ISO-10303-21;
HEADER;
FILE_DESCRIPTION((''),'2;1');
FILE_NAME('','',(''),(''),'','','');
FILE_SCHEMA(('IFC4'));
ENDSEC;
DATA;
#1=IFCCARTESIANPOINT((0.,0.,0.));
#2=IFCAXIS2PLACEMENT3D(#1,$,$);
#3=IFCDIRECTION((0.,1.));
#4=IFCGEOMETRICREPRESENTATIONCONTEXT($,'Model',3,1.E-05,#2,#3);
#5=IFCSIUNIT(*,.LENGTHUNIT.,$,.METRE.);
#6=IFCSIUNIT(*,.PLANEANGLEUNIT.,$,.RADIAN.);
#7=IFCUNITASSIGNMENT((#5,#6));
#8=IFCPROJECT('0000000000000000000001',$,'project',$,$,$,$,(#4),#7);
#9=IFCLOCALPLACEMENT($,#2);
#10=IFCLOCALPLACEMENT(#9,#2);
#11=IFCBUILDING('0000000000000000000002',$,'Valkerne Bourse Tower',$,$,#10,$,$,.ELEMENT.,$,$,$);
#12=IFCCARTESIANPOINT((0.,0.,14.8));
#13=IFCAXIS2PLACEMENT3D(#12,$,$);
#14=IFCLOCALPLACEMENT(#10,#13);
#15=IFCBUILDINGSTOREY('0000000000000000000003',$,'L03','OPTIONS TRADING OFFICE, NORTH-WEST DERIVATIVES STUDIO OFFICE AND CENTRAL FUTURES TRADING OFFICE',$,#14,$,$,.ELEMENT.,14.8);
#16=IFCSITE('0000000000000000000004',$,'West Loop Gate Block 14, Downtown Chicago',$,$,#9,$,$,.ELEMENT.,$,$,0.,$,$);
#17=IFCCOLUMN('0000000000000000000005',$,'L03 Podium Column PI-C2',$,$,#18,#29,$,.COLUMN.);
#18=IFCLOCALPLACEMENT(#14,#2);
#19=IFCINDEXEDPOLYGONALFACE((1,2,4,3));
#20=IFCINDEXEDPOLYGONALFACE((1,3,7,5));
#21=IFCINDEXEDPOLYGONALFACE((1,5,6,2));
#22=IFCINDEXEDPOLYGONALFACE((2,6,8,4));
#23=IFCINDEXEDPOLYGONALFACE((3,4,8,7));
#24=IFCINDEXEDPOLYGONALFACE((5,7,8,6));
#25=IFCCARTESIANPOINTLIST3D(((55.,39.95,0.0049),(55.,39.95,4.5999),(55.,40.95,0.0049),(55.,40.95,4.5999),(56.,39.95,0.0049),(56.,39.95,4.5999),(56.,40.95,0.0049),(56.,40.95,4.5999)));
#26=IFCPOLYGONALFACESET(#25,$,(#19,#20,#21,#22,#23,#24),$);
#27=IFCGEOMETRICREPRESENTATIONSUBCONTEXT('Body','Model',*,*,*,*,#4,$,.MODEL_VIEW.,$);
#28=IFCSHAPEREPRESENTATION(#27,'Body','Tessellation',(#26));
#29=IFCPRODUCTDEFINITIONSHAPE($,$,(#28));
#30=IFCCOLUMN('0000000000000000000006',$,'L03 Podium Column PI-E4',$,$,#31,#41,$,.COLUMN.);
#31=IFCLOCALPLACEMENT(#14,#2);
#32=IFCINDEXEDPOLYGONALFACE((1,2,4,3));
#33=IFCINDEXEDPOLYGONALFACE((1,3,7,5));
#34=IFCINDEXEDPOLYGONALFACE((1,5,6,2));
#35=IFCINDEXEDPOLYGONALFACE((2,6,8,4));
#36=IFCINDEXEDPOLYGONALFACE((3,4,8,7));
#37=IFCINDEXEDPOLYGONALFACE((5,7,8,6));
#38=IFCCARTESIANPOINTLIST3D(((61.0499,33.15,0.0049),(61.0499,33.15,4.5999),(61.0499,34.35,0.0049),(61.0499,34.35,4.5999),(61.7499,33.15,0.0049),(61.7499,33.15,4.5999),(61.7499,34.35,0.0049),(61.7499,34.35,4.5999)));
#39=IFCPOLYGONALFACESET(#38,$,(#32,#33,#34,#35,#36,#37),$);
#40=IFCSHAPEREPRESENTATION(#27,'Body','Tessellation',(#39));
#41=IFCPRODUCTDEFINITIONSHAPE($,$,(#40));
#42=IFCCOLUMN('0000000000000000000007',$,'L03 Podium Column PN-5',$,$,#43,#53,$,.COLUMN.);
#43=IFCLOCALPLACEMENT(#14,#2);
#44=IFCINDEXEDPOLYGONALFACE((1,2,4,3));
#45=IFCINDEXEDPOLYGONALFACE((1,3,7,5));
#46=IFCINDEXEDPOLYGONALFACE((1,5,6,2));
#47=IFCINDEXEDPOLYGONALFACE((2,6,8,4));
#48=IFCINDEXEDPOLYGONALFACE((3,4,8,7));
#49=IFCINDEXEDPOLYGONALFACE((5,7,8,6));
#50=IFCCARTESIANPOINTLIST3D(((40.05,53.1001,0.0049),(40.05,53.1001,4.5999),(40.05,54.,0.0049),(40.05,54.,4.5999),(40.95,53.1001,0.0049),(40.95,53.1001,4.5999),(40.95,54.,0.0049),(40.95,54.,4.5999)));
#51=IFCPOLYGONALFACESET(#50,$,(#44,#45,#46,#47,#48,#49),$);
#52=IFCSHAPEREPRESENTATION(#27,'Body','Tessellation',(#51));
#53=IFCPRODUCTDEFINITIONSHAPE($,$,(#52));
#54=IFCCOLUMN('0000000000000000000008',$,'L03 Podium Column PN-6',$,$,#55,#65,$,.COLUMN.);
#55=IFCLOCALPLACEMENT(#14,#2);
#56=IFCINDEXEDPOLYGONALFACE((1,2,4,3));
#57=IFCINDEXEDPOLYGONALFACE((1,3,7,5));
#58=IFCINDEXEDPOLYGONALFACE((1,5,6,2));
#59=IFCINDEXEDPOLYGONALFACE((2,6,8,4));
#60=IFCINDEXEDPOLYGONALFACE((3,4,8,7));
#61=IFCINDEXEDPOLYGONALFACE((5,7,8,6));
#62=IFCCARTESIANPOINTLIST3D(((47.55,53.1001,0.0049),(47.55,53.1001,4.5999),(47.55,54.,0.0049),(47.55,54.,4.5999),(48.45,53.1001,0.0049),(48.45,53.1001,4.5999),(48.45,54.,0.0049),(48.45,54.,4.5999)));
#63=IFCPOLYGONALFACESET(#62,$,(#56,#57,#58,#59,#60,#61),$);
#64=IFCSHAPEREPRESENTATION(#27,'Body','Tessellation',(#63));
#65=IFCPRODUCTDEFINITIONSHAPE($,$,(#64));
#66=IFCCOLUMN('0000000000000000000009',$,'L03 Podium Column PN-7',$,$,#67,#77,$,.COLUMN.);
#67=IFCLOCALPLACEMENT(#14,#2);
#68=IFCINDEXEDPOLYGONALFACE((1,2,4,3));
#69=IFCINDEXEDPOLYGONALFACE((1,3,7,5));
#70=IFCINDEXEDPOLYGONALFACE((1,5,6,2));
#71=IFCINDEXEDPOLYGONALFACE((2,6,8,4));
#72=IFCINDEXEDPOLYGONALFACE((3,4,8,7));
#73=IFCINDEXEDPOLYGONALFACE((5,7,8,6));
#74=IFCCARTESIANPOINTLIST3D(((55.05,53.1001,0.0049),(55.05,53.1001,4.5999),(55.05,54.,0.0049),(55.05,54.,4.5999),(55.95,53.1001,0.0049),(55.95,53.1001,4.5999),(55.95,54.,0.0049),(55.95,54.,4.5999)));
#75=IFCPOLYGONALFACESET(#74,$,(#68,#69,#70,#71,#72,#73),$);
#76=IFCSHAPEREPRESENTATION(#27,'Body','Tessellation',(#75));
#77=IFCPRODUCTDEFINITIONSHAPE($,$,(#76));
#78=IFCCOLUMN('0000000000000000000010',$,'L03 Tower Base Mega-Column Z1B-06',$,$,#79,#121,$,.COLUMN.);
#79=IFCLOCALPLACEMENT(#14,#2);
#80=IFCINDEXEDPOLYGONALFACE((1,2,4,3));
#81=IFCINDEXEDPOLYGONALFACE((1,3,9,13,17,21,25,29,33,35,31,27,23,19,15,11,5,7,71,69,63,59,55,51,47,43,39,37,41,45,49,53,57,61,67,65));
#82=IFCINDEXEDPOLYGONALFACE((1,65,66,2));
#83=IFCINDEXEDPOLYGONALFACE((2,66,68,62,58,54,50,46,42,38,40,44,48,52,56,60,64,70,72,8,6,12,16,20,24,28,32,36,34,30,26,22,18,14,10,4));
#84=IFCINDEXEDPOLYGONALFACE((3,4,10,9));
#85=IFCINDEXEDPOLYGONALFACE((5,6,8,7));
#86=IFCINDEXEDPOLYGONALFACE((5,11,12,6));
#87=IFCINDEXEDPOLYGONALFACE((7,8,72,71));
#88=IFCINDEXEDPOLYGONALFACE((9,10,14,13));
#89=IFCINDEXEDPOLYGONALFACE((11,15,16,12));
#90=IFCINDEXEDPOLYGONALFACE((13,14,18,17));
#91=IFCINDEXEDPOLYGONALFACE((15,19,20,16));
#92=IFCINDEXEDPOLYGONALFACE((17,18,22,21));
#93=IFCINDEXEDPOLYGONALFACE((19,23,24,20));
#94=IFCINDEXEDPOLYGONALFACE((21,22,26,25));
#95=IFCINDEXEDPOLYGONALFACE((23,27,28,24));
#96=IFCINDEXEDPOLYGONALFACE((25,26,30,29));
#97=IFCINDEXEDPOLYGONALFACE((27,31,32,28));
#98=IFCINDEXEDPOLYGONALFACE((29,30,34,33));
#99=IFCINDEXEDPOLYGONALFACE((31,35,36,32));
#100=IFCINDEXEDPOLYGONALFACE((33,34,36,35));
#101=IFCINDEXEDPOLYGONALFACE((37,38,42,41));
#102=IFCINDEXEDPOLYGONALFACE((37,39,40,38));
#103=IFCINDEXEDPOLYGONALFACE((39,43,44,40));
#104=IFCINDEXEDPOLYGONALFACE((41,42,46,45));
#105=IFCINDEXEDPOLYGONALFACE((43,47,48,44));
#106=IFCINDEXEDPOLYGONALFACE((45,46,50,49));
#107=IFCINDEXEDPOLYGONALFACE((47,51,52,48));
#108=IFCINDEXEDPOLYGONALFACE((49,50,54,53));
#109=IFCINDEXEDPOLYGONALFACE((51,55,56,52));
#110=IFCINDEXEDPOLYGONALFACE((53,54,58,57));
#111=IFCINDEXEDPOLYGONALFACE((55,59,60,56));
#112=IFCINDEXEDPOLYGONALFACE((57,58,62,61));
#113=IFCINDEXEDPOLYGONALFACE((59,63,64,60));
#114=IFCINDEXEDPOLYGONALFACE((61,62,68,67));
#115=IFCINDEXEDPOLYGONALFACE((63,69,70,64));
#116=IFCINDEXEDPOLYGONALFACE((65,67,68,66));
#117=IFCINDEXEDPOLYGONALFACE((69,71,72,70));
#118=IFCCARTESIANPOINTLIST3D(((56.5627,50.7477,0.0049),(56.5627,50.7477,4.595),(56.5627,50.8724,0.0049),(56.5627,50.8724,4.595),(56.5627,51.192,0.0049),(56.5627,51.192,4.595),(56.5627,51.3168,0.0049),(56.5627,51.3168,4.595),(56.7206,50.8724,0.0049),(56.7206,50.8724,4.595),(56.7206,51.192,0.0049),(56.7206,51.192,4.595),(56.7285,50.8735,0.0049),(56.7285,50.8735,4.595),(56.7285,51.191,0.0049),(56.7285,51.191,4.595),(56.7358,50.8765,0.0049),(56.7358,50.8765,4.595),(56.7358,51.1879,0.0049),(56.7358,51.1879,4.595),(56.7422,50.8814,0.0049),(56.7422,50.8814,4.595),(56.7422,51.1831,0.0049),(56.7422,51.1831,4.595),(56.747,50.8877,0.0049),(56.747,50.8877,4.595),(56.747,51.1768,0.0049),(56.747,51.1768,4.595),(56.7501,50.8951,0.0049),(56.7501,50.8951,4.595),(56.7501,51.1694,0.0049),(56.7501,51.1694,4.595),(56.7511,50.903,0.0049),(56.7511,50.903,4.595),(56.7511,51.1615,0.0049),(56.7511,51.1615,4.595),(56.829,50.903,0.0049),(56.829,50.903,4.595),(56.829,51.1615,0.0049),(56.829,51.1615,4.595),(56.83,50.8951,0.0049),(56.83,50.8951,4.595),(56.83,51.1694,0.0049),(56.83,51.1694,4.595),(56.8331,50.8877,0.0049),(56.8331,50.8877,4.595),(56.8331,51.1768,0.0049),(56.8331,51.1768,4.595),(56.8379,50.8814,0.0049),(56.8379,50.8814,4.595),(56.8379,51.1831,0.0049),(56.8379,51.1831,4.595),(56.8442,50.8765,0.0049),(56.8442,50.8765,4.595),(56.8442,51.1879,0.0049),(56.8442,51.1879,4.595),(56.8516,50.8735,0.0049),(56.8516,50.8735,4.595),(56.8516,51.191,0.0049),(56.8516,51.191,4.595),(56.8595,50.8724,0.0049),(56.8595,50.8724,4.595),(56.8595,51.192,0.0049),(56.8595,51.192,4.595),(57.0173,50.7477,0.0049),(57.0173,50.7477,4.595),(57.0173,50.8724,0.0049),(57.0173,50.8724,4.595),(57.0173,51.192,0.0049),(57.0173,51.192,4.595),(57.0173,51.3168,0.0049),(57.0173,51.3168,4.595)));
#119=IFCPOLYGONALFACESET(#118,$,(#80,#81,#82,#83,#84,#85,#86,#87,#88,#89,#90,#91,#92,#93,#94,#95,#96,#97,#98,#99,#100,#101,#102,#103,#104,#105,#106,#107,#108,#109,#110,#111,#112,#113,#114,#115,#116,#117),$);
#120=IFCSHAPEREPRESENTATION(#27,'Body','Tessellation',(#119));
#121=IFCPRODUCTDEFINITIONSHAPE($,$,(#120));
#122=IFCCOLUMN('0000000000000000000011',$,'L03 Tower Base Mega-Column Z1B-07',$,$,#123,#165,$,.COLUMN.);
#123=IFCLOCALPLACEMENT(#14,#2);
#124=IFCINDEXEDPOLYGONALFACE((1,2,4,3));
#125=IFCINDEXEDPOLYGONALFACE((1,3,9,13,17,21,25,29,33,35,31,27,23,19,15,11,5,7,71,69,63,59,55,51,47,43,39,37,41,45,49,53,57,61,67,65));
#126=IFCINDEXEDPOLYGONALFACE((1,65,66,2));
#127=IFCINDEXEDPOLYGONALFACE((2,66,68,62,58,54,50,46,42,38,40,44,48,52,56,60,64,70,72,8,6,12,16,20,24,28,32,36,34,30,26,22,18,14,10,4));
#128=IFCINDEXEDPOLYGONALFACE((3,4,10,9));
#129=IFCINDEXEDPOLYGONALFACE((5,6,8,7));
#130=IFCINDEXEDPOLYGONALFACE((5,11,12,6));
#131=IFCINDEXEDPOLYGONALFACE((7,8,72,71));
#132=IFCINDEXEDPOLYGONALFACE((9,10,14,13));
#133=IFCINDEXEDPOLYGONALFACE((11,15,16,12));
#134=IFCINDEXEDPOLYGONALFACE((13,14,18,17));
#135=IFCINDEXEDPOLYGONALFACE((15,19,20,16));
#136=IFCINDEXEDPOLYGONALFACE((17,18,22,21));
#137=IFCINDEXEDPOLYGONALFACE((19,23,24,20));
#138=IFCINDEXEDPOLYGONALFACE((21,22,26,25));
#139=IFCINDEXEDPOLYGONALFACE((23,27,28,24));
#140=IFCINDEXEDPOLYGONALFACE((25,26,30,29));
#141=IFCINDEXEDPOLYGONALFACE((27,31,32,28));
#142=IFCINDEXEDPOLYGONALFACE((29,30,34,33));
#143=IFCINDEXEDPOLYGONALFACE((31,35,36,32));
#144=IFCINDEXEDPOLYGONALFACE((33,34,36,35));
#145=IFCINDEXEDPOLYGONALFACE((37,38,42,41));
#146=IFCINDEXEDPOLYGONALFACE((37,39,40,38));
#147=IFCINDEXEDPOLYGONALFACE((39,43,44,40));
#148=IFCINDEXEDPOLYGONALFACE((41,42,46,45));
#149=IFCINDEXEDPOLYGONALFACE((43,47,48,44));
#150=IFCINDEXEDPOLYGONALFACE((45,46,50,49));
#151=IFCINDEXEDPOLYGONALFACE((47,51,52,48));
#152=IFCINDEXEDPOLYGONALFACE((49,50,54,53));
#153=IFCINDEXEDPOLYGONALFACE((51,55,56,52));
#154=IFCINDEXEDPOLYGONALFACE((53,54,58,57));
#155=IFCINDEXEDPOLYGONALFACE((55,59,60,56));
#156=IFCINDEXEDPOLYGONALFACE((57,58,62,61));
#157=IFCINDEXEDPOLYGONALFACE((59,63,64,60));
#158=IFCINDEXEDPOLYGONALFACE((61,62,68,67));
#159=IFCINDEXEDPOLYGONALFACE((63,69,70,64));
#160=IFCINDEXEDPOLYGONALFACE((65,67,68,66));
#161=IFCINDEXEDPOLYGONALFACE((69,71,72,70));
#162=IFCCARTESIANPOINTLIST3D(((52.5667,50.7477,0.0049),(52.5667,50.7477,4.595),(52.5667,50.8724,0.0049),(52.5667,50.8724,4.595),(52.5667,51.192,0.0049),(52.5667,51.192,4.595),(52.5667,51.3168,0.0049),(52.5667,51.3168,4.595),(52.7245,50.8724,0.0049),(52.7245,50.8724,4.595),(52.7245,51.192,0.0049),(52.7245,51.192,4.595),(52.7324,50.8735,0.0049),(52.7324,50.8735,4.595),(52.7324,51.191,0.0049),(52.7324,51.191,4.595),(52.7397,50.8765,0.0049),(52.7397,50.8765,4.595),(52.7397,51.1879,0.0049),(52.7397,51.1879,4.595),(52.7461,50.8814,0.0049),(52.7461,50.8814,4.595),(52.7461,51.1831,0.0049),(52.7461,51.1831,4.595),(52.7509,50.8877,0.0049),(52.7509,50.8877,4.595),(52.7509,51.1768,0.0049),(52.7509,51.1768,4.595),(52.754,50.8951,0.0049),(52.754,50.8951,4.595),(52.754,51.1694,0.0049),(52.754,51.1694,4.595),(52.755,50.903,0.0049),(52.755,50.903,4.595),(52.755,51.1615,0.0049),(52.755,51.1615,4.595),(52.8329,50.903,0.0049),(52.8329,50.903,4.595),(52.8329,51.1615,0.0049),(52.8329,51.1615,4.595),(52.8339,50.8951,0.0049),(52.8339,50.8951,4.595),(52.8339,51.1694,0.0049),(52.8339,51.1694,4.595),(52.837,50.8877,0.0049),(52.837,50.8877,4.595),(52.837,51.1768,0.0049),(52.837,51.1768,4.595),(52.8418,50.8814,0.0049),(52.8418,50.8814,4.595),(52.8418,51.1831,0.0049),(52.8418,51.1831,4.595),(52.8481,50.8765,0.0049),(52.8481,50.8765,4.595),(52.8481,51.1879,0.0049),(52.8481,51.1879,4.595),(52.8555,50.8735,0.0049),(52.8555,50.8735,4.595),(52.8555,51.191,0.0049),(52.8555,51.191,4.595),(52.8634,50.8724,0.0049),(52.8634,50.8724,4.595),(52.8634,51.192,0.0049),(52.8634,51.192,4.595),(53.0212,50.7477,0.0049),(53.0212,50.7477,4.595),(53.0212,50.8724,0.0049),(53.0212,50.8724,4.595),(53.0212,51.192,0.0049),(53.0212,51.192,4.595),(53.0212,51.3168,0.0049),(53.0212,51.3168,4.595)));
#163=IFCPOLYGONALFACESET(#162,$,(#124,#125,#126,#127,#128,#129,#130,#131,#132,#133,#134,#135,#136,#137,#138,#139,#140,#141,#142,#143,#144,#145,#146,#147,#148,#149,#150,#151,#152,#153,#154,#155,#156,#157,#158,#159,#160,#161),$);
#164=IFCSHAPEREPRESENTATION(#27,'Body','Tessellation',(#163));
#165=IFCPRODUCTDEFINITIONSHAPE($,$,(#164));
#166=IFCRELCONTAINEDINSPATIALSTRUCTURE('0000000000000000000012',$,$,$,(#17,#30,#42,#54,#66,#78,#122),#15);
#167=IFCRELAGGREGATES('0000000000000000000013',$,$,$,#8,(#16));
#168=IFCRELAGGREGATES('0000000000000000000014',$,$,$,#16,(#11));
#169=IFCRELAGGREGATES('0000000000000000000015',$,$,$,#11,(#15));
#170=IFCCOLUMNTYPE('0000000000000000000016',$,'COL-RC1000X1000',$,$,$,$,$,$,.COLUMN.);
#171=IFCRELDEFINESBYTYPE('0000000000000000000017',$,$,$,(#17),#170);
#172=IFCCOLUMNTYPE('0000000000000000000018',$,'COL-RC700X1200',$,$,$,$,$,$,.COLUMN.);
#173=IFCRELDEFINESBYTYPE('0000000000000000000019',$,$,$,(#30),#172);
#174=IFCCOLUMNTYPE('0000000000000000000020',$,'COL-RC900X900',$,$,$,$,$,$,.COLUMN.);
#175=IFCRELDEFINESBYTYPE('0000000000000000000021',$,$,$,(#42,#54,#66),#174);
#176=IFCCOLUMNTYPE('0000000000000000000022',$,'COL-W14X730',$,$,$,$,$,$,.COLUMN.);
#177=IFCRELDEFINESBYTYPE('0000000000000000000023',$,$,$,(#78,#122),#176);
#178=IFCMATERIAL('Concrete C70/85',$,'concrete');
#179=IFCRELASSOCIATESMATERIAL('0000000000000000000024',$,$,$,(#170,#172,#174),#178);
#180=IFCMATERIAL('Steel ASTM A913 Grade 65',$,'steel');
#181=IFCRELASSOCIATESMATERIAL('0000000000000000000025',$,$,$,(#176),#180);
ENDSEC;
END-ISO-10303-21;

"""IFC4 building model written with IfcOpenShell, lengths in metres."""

from ifc_helpers import new_model, si_unit, direction, frame, origin, origin_2d, place, context, subcontext, project, spatial, rectangle, i_section, extrude, material, material_profile, profile_set, type_object, element, save


model = new_model("IFC4")

# Units and contexts
model_context = context("Model", 3, precision=1e-05, world=origin(), true_north=direction((0.0, 1.0)))
body_context = subcontext(model_context, "Body", "Model", "MODEL_VIEW")
ifc_project = project(units=[si_unit("LENGTHUNIT", "METRE"), si_unit("PLANEANGLEUNIT", "RADIAN")], contexts=[model_context])

# Site, building, storey
site_placement = place(None, origin())
site = spatial("IfcSite", under=ifc_project, at=site_placement, Name="West Loop Gate Block 14, Downtown Chicago", CompositionType="ELEMENT", RefElevation=0.0)
building_placement = place(site_placement, origin())
building = spatial("IfcBuilding", under=site, at=building_placement, Name="Valkerne Bourse Tower", CompositionType="ELEMENT")
storey_placement = place(building_placement, frame((0.0, 0.0, 14.8)))
storey = spatial("IfcBuildingStorey", under=building, at=storey_placement, Name="L03", Description="OPTIONS TRADING OFFICE, NORTH-WEST DERIVATIVES STUDIO OFFICE AND CENTRAL FUTURES TRADING OFFICE", CompositionType="ELEMENT", Elevation=14.8)

# Columns
ifc_material_1 = material(Name="Concrete C70/85", Category="concrete")
ifc_material_profile_1 = material_profile(ifc_material_1, rectangle(XDim=1.0, YDim=1.0, at=origin_2d()), Name="RC1000X1000")
ifc_profile_set_1 = profile_set([ifc_material_profile_1], Name="Concrete C70/85")
column_type_1 = type_object("IfcColumnType", Name="COL-RC1000X1000", PredefinedType="COLUMN", material=ifc_profile_set_1)
column_1_placement = place(storey_placement, frame((55.5, 40.45, 0.0049), z_axis=(0.0, 0.0, 1.0), x_axis=(1.0, 0.0, 0.0)))
element("IfcColumn", 1, at=column_1_placement, inside=storey, type_object=column_type_1, Name="L03 Podium Column PI-C2", PredefinedType="COLUMN", context=body_context, shape_type="SweptSolid", body=[
    extrude(rectangle(XDim=1.0, YDim=1.0, at=origin_2d()), origin(), (0.0, 0.0, 1.0), 4.595),
])
ifc_material_profile_2 = material_profile(ifc_material_1, rectangle(XDim=0.7, YDim=1.2, at=origin_2d()), Name="RC700X1200")
ifc_profile_set_2 = profile_set([ifc_material_profile_2], Name="Concrete C70/85")
column_type_2 = type_object("IfcColumnType", Name="COL-RC700X1200", PredefinedType="COLUMN", material=ifc_profile_set_2)
column_2_placement = place(storey_placement, frame((61.3999, 33.75, 0.0049), z_axis=(0.0, 0.0, 1.0), x_axis=(1.0, 0.0, 0.0)))
element("IfcColumn", 2, at=column_2_placement, inside=storey, type_object=column_type_2, Name="L03 Podium Column PI-E4", PredefinedType="COLUMN", context=body_context, shape_type="SweptSolid", body=[
    extrude(rectangle(XDim=0.7, YDim=1.2, at=origin_2d()), origin(), (0.0, 0.0, 1.0), 4.595),
])
ifc_material_profile_3 = material_profile(ifc_material_1, rectangle(XDim=0.8999, YDim=0.8999, at=origin_2d()), Name="RC900X900")
ifc_profile_set_3 = profile_set([ifc_material_profile_3], Name="Concrete C70/85")
column_type_3 = type_object("IfcColumnType", Name="COL-RC900X900", PredefinedType="COLUMN", material=ifc_profile_set_3)
for number, where, z_axis, x_axis, name in (
    (3, (40.5, 53.55, 0.0049), (0.0, 0.0, 1.0), (1.0, 0.0, 0.0), "L03 Podium Column PN-5"),
    (4, (48.0, 53.55, 0.0049), (0.0, 0.0, 1.0), (1.0, 0.0, 0.0), "L03 Podium Column PN-6"),
    (5, (55.5, 53.55, 0.0049), (0.0, 0.0, 1.0), (1.0, 0.0, 0.0), "L03 Podium Column PN-7"),
):
    element("IfcColumn", number, at=place(storey_placement, frame(where, z_axis=z_axis, x_axis=x_axis)), inside=storey, type_object=column_type_3, Name=name, PredefinedType="COLUMN", context=body_context, shape_type="SweptSolid", body=[
        extrude(rectangle(XDim=0.8999, YDim=0.8999, at=origin_2d()), origin(), (0.0, 0.0, 1.0), 4.595),
    ])
ifc_material_2 = material(Name="Steel ASTM A913 Grade 65", Category="steel")
ifc_material_profile_4 = material_profile(ifc_material_2, i_section(OverallWidth=0.4546, OverallDepth=0.5691, WebThickness=0.0779, FlangeThickness=0.1248, FilletRadius=0.0305, at=origin_2d()), Name="W14X730")
ifc_profile_set_4 = profile_set([ifc_material_profile_4], Name="Steel ASTM A913 Grade 65")
column_type_4 = type_object("IfcColumnType", Name="COL-W14X730", PredefinedType="COLUMN", material=ifc_profile_set_4)
for number, where, z_axis, x_axis, name in (
    (6, (56.79, 51.0322, 0.0049), (0.0, 0.0, 1.0), (-1.0, 0.0, 0.0), "L03 Tower Base Mega-Column Z1B-06"),
    (7, (52.7939, 51.0322, 0.0049), (0.0, 0.0, 1.0), (-1.0, 0.0, 0.0), "L03 Tower Base Mega-Column Z1B-07"),
):
    element("IfcColumn", number, at=place(storey_placement, frame(where, z_axis=z_axis, x_axis=x_axis)), inside=storey, type_object=column_type_4, Name=name, PredefinedType="COLUMN", context=body_context, shape_type="SweptSolid", body=[
        extrude(i_section(OverallWidth=0.4546, OverallDepth=0.5691, WebThickness=0.0779, FlangeThickness=0.1248, FilletRadius=0.0305, at=origin_2d()), origin(), (0.0, 0.0, 1.0), 4.5901),
    ])

save(model, "model.ifc")
